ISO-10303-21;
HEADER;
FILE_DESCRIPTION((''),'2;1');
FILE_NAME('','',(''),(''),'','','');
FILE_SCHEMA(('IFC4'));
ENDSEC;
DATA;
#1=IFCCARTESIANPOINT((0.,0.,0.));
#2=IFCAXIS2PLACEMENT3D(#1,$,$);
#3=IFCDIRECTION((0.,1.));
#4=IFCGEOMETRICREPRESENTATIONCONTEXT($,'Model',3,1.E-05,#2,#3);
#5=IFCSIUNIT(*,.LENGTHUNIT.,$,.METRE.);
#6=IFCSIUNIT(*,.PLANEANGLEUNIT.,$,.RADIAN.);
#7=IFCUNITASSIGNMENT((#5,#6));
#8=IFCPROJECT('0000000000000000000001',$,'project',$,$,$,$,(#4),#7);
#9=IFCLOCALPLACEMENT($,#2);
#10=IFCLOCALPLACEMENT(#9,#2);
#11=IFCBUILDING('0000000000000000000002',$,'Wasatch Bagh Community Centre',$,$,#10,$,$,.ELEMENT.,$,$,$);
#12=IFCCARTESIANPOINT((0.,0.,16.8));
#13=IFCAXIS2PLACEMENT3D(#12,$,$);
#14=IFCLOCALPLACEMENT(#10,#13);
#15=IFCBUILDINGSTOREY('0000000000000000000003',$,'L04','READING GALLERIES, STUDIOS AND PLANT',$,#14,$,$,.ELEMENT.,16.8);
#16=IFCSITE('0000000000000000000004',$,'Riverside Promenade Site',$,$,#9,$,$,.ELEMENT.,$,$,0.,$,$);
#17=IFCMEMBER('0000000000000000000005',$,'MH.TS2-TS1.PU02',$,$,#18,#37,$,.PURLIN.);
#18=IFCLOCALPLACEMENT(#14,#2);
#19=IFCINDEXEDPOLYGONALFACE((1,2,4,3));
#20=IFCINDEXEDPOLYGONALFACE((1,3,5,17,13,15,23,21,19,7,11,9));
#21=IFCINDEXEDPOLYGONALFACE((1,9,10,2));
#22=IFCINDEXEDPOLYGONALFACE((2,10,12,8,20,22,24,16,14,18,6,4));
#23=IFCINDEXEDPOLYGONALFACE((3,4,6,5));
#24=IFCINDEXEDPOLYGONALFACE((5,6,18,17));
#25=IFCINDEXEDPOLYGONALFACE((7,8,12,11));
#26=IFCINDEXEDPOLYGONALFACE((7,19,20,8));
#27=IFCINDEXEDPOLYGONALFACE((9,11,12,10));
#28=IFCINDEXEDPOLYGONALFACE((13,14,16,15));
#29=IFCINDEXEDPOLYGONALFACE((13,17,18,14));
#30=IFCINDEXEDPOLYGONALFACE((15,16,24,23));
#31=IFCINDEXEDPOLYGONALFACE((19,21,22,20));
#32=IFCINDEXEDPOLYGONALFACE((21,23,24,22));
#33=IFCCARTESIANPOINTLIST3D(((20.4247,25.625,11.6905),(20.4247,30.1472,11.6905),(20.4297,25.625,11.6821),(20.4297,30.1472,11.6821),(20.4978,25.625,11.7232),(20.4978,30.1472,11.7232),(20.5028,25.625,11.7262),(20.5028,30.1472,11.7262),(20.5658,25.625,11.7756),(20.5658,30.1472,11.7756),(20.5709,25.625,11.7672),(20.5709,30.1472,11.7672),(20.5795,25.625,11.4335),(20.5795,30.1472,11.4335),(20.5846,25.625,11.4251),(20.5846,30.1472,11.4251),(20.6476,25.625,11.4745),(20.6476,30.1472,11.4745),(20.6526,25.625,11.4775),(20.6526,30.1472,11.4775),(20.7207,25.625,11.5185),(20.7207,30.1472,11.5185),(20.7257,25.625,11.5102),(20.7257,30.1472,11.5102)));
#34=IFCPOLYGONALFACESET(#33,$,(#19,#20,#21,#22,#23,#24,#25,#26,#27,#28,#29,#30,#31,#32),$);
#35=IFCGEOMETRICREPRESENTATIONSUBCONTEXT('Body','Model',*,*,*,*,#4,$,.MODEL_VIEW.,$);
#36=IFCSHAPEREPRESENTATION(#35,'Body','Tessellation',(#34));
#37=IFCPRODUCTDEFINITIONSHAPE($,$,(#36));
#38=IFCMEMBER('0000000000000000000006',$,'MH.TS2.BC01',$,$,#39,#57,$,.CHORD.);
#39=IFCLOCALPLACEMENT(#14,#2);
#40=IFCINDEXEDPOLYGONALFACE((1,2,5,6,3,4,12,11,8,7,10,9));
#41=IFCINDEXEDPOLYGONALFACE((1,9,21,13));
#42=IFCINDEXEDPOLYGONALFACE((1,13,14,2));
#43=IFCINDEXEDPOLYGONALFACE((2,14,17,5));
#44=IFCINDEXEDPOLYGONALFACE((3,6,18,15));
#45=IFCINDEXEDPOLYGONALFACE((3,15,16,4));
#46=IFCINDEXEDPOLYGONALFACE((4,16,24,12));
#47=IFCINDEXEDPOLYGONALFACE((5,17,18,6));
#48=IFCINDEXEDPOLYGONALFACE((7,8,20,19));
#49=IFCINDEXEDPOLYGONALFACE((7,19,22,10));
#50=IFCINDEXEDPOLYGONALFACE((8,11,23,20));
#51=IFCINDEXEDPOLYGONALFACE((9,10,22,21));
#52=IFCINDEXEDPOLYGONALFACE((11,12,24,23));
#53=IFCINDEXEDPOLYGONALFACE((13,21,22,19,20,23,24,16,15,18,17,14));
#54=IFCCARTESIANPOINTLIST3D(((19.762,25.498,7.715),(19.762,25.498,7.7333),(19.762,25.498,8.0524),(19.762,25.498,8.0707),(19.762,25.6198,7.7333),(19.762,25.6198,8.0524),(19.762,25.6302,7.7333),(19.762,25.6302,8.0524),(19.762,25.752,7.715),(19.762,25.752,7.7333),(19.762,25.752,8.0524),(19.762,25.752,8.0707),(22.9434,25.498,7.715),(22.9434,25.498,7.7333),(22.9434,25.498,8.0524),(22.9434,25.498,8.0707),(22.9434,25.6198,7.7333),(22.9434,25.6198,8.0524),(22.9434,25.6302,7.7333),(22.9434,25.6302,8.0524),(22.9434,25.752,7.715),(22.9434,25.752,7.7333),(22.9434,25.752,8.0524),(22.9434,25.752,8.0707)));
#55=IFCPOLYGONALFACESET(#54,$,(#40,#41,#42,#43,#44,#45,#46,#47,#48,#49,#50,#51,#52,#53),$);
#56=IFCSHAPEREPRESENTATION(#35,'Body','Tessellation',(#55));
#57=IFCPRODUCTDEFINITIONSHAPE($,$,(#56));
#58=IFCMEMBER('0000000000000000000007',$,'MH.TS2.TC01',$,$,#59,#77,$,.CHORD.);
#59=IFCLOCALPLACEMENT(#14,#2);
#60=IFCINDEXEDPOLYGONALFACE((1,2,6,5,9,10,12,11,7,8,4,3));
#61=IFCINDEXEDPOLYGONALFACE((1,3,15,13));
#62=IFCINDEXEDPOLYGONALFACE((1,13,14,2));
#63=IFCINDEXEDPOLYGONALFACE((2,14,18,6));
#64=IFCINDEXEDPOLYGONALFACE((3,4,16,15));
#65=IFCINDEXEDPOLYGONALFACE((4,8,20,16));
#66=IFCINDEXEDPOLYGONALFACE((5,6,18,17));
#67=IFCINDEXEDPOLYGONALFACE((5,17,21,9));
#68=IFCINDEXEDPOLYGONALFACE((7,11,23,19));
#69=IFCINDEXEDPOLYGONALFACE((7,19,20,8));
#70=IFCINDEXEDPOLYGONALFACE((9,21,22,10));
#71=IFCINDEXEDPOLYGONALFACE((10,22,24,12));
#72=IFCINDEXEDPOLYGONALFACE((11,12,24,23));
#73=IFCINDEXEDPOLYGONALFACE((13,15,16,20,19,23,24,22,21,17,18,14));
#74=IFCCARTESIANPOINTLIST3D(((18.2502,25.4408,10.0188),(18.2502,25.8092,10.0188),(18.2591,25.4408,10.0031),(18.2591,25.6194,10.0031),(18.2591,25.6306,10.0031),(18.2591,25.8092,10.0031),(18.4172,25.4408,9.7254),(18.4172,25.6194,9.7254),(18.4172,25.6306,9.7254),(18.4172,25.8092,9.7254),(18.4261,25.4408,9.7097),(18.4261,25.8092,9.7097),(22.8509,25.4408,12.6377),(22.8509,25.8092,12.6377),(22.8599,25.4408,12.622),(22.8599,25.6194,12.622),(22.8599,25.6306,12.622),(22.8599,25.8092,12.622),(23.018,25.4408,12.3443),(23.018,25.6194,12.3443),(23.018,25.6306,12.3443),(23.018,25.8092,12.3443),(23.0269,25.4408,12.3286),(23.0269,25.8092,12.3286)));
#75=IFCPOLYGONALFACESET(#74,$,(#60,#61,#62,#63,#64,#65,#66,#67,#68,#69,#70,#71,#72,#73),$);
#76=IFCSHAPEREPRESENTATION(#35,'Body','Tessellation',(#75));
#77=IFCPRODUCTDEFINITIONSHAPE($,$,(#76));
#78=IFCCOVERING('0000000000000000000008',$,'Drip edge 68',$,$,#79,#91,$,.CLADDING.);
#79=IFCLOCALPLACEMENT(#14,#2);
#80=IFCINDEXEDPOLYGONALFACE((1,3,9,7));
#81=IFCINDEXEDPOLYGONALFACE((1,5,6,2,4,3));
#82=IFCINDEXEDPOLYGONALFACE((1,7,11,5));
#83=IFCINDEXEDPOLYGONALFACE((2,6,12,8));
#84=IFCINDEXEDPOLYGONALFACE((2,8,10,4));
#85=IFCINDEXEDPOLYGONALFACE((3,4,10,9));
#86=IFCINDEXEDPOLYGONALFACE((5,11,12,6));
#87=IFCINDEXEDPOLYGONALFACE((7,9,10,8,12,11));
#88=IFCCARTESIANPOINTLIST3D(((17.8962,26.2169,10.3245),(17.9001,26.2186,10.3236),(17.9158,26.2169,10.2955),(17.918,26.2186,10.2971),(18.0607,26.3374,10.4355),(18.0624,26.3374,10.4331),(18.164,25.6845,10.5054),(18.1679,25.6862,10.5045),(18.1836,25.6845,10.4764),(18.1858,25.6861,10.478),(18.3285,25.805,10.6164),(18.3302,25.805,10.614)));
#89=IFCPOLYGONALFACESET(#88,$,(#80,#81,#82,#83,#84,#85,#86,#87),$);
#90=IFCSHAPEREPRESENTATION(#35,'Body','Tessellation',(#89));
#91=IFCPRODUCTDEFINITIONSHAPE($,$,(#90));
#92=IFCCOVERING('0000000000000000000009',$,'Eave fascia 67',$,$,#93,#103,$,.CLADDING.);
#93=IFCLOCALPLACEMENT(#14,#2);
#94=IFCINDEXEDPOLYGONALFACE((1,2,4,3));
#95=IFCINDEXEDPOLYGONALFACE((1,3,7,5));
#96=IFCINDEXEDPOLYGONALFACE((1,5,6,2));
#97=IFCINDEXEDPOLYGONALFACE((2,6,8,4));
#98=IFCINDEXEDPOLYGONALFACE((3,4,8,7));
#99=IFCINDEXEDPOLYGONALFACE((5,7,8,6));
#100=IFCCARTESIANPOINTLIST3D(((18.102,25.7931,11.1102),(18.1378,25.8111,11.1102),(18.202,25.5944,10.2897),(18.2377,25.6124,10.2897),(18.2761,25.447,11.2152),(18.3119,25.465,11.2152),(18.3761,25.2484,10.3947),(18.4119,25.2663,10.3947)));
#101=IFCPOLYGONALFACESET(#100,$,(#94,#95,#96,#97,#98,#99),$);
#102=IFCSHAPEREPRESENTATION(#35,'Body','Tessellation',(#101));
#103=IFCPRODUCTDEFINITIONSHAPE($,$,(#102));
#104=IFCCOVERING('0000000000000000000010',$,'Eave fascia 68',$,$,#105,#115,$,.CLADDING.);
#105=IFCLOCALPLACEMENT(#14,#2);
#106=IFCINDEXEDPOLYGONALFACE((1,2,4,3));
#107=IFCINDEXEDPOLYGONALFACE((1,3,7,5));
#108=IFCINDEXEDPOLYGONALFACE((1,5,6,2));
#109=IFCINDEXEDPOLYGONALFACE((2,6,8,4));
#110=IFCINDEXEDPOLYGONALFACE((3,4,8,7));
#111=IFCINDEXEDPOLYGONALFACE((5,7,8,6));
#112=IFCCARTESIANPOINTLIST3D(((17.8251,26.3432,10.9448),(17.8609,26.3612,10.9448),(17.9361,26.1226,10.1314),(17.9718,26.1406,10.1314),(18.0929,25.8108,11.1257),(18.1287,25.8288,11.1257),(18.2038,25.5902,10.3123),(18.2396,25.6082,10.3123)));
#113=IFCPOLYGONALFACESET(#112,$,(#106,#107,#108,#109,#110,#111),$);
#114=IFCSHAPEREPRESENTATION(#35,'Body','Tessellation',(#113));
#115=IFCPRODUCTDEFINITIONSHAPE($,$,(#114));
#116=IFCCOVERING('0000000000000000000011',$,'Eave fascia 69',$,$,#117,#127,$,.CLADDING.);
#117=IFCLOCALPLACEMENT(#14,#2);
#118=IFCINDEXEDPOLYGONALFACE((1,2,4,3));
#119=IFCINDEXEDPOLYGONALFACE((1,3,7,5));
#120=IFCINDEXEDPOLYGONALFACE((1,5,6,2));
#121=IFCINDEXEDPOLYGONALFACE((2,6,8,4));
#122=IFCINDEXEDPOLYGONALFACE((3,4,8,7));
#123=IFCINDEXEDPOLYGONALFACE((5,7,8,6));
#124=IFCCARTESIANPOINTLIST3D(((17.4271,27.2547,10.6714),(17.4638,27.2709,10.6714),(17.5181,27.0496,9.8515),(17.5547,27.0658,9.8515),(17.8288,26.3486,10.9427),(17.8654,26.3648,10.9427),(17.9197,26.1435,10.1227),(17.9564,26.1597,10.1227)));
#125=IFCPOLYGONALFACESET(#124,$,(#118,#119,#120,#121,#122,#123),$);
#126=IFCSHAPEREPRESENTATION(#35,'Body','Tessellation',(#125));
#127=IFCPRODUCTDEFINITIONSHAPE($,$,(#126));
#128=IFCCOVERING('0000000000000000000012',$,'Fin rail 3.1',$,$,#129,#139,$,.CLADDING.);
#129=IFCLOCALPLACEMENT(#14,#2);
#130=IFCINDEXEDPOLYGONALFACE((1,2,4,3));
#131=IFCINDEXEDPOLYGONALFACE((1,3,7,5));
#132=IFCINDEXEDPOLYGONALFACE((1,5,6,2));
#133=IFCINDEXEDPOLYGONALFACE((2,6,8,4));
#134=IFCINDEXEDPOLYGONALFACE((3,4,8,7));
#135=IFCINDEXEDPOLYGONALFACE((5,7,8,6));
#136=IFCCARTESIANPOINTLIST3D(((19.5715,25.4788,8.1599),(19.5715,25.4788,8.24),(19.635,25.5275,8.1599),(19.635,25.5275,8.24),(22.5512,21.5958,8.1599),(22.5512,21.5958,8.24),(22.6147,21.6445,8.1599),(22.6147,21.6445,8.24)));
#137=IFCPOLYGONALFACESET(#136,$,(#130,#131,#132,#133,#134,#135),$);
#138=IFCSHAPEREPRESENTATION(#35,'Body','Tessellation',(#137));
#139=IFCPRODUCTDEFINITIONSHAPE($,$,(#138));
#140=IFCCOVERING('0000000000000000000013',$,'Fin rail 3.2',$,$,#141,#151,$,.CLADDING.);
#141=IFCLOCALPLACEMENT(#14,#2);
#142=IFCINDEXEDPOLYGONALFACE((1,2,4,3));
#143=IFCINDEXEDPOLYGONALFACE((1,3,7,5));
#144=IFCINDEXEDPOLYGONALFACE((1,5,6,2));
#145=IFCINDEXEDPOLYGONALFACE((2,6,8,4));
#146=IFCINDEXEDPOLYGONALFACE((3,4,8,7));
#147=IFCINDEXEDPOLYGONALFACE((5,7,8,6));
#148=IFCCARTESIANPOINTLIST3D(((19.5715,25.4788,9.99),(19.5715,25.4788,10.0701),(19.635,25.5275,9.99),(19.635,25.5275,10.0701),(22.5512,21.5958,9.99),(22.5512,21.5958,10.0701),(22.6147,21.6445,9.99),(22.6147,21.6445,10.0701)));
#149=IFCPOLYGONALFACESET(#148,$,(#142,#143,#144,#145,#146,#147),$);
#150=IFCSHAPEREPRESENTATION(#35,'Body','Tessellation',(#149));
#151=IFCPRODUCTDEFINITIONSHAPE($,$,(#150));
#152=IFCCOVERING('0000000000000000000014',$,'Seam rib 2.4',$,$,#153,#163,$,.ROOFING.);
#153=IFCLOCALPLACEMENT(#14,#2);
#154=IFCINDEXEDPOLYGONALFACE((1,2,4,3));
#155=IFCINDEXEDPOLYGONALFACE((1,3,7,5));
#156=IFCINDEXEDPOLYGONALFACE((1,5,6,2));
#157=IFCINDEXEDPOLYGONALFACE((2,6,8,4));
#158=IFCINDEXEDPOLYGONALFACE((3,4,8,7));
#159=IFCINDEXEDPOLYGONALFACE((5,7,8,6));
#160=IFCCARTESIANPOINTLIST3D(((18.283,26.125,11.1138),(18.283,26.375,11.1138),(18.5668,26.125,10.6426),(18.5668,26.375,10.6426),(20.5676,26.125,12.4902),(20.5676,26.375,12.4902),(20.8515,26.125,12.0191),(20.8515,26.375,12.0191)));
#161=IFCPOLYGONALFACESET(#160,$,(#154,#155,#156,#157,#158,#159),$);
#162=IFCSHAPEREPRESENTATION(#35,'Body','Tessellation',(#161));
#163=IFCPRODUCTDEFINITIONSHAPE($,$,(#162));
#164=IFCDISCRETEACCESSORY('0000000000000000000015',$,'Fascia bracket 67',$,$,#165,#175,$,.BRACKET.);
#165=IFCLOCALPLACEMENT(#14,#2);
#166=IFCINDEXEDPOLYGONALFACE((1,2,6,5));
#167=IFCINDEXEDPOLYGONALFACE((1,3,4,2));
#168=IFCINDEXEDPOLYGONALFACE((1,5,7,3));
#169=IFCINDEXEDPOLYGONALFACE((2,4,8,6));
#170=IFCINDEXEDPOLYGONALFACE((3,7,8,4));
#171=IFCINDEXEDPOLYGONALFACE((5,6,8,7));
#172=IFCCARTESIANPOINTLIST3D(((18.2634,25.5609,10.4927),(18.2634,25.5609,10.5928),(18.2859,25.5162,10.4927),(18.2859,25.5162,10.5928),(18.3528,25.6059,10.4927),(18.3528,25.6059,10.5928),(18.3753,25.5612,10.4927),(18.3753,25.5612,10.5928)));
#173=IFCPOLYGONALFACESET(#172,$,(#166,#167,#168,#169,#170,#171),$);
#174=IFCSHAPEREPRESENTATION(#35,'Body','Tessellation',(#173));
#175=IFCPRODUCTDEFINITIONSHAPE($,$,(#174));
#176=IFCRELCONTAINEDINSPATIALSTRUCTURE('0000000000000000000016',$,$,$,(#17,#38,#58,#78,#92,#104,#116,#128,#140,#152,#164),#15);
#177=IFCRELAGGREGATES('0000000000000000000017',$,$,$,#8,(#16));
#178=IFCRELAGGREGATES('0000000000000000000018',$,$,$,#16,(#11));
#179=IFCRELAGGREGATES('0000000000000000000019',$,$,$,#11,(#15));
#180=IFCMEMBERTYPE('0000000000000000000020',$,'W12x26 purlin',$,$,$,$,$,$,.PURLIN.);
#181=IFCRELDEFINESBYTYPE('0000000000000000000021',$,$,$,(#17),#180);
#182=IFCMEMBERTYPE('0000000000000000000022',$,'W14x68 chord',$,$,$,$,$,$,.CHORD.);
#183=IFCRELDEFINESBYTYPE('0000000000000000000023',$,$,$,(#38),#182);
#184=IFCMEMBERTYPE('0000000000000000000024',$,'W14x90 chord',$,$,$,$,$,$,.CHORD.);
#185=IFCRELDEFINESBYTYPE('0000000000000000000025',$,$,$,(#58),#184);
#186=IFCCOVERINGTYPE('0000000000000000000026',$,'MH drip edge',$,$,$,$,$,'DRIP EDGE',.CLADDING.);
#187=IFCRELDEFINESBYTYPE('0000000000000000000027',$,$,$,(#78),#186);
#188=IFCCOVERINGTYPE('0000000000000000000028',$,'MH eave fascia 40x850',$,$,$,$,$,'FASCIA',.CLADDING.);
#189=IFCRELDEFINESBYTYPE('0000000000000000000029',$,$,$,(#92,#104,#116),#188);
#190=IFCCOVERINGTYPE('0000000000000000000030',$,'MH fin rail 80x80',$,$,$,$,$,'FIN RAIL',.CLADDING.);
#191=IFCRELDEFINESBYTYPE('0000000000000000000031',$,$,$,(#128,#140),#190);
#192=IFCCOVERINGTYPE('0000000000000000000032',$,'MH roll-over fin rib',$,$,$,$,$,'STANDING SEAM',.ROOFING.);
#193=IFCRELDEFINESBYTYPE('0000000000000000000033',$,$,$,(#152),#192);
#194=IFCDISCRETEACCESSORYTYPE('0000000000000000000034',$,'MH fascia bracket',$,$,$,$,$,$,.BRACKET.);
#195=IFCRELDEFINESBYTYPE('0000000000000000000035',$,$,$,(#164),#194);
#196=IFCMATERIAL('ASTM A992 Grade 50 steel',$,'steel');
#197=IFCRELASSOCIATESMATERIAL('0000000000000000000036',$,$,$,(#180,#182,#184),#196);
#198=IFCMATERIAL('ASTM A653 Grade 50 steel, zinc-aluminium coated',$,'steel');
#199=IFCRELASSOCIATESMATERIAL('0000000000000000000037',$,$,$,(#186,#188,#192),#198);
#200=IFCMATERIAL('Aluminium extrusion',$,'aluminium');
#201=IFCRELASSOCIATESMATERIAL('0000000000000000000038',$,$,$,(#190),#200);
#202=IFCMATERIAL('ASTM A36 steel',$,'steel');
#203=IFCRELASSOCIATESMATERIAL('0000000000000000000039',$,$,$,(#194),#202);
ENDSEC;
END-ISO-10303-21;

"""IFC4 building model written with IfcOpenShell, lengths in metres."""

from ifc_helpers import new_model, si_unit, direction, frame, origin, origin_2d, place, context, subcontext, project, spatial, polyline, rectangle, i_section, outline, extrude, material, material_profile, profile_set, type_object, element, save


model = new_model("IFC4")

# Units and contexts
model_context = context("Model", 3, precision=1e-05, world=origin(), true_north=direction((0.0, 1.0)))
body_context = subcontext(model_context, "Body", "Model", "MODEL_VIEW")
ifc_project = project(units=[si_unit("LENGTHUNIT", "METRE"), si_unit("PLANEANGLEUNIT", "RADIAN")], contexts=[model_context])

# Site, building, storey
site_placement = place(None, origin())
site = spatial("IfcSite", under=ifc_project, at=site_placement, Name="Riverside Promenade Site", CompositionType="ELEMENT", RefElevation=0.0)
building_placement = place(site_placement, origin())
building = spatial("IfcBuilding", under=site, at=building_placement, Name="Wasatch Bagh Community Centre", CompositionType="ELEMENT")
storey_placement = place(building_placement, frame((0.0, 0.0, 16.8)))
storey = spatial("IfcBuildingStorey", under=building, at=storey_placement, Name="L04", Description="READING GALLERIES, STUDIOS AND PLANT", CompositionType="ELEMENT", Elevation=16.8)

# Shared definitions
ifc_material_1 = material(Name="Aluminium extrusion", Category="aluminium")

# Members
ifc_material_2 = material(Name="ASTM A992 Grade 50 steel", Category="steel")
ifc_material_profile_1 = material_profile(ifc_material_2, i_section(OverallWidth=0.1648, OverallDepth=0.3098, WebThickness=0.0059, FlangeThickness=0.0098, at=origin_2d()), Name="W12x26")
ifc_profile_set_1 = profile_set([ifc_material_profile_1], Name="ASTM A992 Grade 50 steel")
member_type_1 = type_object("IfcMemberType", Name="W12x26 purlin", PredefinedType="PURLIN", material=ifc_profile_set_1)
for number, where, z_axis, x_axis, name in (
    (1, (20.5752, 25.625, 11.6003), (0.0, 1.0, 0.0), (-0.856568, 0.0, -0.516034), "MH.TS2-TS1.PU02"),
):
    element("IfcMember", number, at=place(storey_placement, frame(where, z_axis=z_axis, x_axis=x_axis)), inside=storey, type_object=member_type_1, Name=name, PredefinedType="PURLIN", context=body_context, shape_type="SweptSolid", body=[
        extrude(i_section(OverallWidth=0.1648, OverallDepth=0.3098, WebThickness=0.0059, FlangeThickness=0.0098, at=origin_2d()), origin(), (0.0, 0.0, 1.0), 4.5222),
    ])
ifc_material_profile_2 = material_profile(ifc_material_2, i_section(OverallWidth=0.2539, OverallDepth=0.3557, WebThickness=0.0105, FlangeThickness=0.0183, at=origin_2d()), Name="W14x68")
ifc_profile_set_2 = profile_set([ifc_material_profile_2], Name="ASTM A992 Grade 50 steel")
member_type_2 = type_object("IfcMemberType", Name="W14x68 chord", PredefinedType="CHORD", material=ifc_profile_set_2)
member_1_placement = place(storey_placement, frame((19.762, 25.625, 7.8928), z_axis=(1.0, 0.0, 0.0), x_axis=(0.0, 1.0, 0.0)))
element("IfcMember", 2, at=member_1_placement, inside=storey, type_object=member_type_2, Name="MH.TS2.BC01", PredefinedType="CHORD", context=body_context, shape_type="SweptSolid", body=[
    extrude(i_section(OverallWidth=0.2539, OverallDepth=0.3557, WebThickness=0.0105, FlangeThickness=0.0183, at=origin_2d()), origin(), (0.0, 0.0, 1.0), 3.1814),
])
ifc_material_profile_3 = material_profile(ifc_material_2, i_section(OverallWidth=0.3684, OverallDepth=0.3557, WebThickness=0.0112, FlangeThickness=0.0181, at=origin_2d()), Name="W14x90")
ifc_profile_set_3 = profile_set([ifc_material_profile_3], Name="ASTM A992 Grade 50 steel")
member_type_3 = type_object("IfcMemberType", Name="W14x90 chord", PredefinedType="CHORD", material=ifc_profile_set_3)
member_2_placement = place(storey_placement, frame((18.3381, 25.625, 9.8643), z_axis=(0.869068, 0.0, 0.494693), x_axis=(0.0, 1.0, 0.0)))
element("IfcMember", 3, at=member_2_placement, inside=storey, type_object=member_type_3, Name="MH.TS2.TC01", PredefinedType="CHORD", context=body_context, shape_type="SweptSolid", body=[
    extrude(i_section(OverallWidth=0.3684, OverallDepth=0.3557, WebThickness=0.0112, FlangeThickness=0.0181, at=origin_2d()), origin(), (0.0, 0.0, 1.0), 5.2939),
])

# Coverings
ifc_material_3 = material(Name="ASTM A653 Grade 50 steel, zinc-aluminium coated", Category="steel")
ifc_material_profile_4 = material_profile(ifc_material_3, outline(polyline([(-0.0801, 0.0029), (0.1521, 0.0029), (0.1521, -0.032), (0.1489, -0.032), (0.1489, 0.0), (-0.0801, 0.0), (-0.0801, 0.0029)])), Name="DRIP EDGE")
ifc_profile_set_4 = profile_set([ifc_material_profile_4], Name="ASTM A653 Grade 50 steel, zinc-aluminium coated")
covering_type_1 = type_object("IfcCoveringType", Name="MH drip edge", ElementType="DRIP EDGE", PredefinedType="CLADDING", material=ifc_profile_set_4)
covering_1_placement = place(storey_placement, frame((18.2734, 25.7634, 10.5757), z_axis=(-0.429973, 0.85485, -0.290438), x_axis=(-0.708541, -0.518874, -0.478267)))
element("IfcCovering", 4, at=covering_1_placement, inside=storey, type_object=covering_type_1, Name="Drip edge 68", PredefinedType="CLADDING", context=body_context, shape_type="SweptSolid", body=[
    extrude(outline(polyline([(-0.0801, 0.0029), (0.1521, 0.0029), (0.1521, -0.032), (0.1489, -0.032), (0.1489, 0.0), (-0.0801, 0.0), (-0.0801, 0.0029)])), origin(), (0.0, 0.0, 1.0), 0.6228),
])
ifc_material_profile_5 = material_profile(ifc_material_3, rectangle(XDim=0.04, YDim=0.8501, at=origin_2d()), Name="FASCIA 40x850")
ifc_profile_set_5 = profile_set([ifc_material_profile_5], Name="ASTM A653 Grade 50 steel, zinc-aluminium coated")
covering_type_2 = type_object("IfcCoveringType", Name="MH eave fascia 40x850", ElementType="FASCIA", PredefinedType="CLADDING", material=ifc_profile_set_5)
covering_2_placement = place(storey_placement, frame((18.344, 25.3567, 10.8049), z_axis=(-0.433825, 0.862174, -0.261634), x_axis=(-0.89329, -0.449482, 0.0)))
element("IfcCovering", 5, at=covering_2_placement, inside=storey, type_object=covering_type_2, Name="Eave fascia 67", PredefinedType="CLADDING", context=body_context, shape_type="SweptSolid", body=[
    extrude(rectangle(XDim=0.04, YDim=0.8501, at=origin_2d()), origin(), (0.0, 0.0, 1.0), 0.4014),
])
covering_3_placement = place(storey_placement, frame((18.1663, 25.7095, 10.719), z_axis=(-0.429973, 0.85485, -0.290438), x_axis=(-0.89336, -0.449342, 0.0)))
element("IfcCovering", 6, at=covering_3_placement, inside=storey, type_object=covering_type_2, Name="Eave fascia 68", PredefinedType="CLADDING", context=body_context, shape_type="SweptSolid", body=[
    extrude(rectangle(XDim=0.04, YDim=0.8501, at=origin_2d()), origin(), (0.0, 0.0, 1.0), 0.6228),
])
covering_4_placement = place(storey_placement, frame((17.8926, 26.2542, 10.5327), z_axis=(-0.390871, 0.881777, -0.263987), x_axis=(-0.914207, -0.405247, 0.0)))
element("IfcCovering", 7, at=covering_4_placement, inside=storey, type_object=covering_type_2, Name="Eave fascia 69", PredefinedType="CLADDING", context=body_context, shape_type="SweptSolid", body=[
    extrude(rectangle(XDim=0.04, YDim=0.8501, at=origin_2d()), origin(), (0.0, 0.0, 1.0), 1.0276),
])
ifc_material_profile_6 = material_profile(ifc_material_1, rectangle(XDim=0.0801, YDim=0.0801, at=origin_2d()), Name="AL 80x80")
ifc_profile_set_6 = profile_set([ifc_material_profile_6], Name="Aluminium extrusion")
covering_type_3 = type_object("IfcCoveringType", Name="MH fin rail 80x80", ElementType="FIN RAIL", PredefinedType="CLADDING", material=ifc_profile_set_6)
for number, where, z_axis, x_axis, name in (
    (8, (19.6033, 25.5032, 8.2), (0.608782, -0.793337, 0.0), (0.793337, 0.608782, 0.0), "Fin rail 3.1"),
    (9, (19.6033, 25.5032, 10.03), (0.608782, -0.793337, 0.0), (0.793337, 0.608782, 0.0), "Fin rail 3.2"),
):
    element("IfcCovering", number, at=place(storey_placement, frame(where, z_axis=z_axis, x_axis=x_axis)), inside=storey, type_object=covering_type_3, Name=name, PredefinedType="CLADDING", context=body_context, shape_type="SweptSolid", body=[
        extrude(rectangle(XDim=0.0801, YDim=0.0801, at=origin_2d()), origin(), (0.0, 0.0, 1.0), 4.8945),
    ])
covering_type_4 = type_object("IfcCoveringType", Name="MH roll-over fin rib", ElementType="STANDING SEAM", PredefinedType="ROOFING", material=ifc_material_3)
covering_5_placement = place(storey_placement, frame((18.283, 26.125, 11.1138), z_axis=(-0.516056, 0.0, 0.856555), x_axis=(0.856555, 0.0, 0.516056)))
element("IfcCovering", 10, at=covering_5_placement, inside=storey, type_object=covering_type_4, Name="Seam rib 2.4", PredefinedType="ROOFING", context=body_context, shape_type="SweptSolid", body=[
    extrude(outline(polyline([(0.0, 0.0), (2.6673, 0.0), (2.6673, 0.25), (0.0, 0.25), (0.0, 0.0)])), origin(), (0.0, 0.0, -1.0), 0.55),
])

# Discrete accessory
ifc_material_4 = material(Name="ASTM A36 steel", Category="steel")
discrete_accessory_type_1 = type_object("IfcDiscreteAccessoryType", Name="MH fascia bracket", PredefinedType="BRACKET", material=ifc_material_4)
for number, where, z_axis, x_axis, name in (
    (11, (18.3193, 25.561, 10.4927), (0.0, 0.0, 1.0), (-0.893224, -0.449611, 0.0), "Fascia bracket 67"),
):
    element("IfcDiscreteAccessory", number, at=place(storey_placement, frame(where, z_axis=z_axis, x_axis=x_axis)), inside=storey, type_object=discrete_accessory_type_1, Name=name, PredefinedType="BRACKET", context=body_context, shape_type="SweptSolid", body=[
        extrude(rectangle(XDim=0.1001, YDim=0.05, at=origin_2d()), origin(), (0.0, 0.0, 1.0), 0.1001),
    ])

save(model, "model.ifc")
